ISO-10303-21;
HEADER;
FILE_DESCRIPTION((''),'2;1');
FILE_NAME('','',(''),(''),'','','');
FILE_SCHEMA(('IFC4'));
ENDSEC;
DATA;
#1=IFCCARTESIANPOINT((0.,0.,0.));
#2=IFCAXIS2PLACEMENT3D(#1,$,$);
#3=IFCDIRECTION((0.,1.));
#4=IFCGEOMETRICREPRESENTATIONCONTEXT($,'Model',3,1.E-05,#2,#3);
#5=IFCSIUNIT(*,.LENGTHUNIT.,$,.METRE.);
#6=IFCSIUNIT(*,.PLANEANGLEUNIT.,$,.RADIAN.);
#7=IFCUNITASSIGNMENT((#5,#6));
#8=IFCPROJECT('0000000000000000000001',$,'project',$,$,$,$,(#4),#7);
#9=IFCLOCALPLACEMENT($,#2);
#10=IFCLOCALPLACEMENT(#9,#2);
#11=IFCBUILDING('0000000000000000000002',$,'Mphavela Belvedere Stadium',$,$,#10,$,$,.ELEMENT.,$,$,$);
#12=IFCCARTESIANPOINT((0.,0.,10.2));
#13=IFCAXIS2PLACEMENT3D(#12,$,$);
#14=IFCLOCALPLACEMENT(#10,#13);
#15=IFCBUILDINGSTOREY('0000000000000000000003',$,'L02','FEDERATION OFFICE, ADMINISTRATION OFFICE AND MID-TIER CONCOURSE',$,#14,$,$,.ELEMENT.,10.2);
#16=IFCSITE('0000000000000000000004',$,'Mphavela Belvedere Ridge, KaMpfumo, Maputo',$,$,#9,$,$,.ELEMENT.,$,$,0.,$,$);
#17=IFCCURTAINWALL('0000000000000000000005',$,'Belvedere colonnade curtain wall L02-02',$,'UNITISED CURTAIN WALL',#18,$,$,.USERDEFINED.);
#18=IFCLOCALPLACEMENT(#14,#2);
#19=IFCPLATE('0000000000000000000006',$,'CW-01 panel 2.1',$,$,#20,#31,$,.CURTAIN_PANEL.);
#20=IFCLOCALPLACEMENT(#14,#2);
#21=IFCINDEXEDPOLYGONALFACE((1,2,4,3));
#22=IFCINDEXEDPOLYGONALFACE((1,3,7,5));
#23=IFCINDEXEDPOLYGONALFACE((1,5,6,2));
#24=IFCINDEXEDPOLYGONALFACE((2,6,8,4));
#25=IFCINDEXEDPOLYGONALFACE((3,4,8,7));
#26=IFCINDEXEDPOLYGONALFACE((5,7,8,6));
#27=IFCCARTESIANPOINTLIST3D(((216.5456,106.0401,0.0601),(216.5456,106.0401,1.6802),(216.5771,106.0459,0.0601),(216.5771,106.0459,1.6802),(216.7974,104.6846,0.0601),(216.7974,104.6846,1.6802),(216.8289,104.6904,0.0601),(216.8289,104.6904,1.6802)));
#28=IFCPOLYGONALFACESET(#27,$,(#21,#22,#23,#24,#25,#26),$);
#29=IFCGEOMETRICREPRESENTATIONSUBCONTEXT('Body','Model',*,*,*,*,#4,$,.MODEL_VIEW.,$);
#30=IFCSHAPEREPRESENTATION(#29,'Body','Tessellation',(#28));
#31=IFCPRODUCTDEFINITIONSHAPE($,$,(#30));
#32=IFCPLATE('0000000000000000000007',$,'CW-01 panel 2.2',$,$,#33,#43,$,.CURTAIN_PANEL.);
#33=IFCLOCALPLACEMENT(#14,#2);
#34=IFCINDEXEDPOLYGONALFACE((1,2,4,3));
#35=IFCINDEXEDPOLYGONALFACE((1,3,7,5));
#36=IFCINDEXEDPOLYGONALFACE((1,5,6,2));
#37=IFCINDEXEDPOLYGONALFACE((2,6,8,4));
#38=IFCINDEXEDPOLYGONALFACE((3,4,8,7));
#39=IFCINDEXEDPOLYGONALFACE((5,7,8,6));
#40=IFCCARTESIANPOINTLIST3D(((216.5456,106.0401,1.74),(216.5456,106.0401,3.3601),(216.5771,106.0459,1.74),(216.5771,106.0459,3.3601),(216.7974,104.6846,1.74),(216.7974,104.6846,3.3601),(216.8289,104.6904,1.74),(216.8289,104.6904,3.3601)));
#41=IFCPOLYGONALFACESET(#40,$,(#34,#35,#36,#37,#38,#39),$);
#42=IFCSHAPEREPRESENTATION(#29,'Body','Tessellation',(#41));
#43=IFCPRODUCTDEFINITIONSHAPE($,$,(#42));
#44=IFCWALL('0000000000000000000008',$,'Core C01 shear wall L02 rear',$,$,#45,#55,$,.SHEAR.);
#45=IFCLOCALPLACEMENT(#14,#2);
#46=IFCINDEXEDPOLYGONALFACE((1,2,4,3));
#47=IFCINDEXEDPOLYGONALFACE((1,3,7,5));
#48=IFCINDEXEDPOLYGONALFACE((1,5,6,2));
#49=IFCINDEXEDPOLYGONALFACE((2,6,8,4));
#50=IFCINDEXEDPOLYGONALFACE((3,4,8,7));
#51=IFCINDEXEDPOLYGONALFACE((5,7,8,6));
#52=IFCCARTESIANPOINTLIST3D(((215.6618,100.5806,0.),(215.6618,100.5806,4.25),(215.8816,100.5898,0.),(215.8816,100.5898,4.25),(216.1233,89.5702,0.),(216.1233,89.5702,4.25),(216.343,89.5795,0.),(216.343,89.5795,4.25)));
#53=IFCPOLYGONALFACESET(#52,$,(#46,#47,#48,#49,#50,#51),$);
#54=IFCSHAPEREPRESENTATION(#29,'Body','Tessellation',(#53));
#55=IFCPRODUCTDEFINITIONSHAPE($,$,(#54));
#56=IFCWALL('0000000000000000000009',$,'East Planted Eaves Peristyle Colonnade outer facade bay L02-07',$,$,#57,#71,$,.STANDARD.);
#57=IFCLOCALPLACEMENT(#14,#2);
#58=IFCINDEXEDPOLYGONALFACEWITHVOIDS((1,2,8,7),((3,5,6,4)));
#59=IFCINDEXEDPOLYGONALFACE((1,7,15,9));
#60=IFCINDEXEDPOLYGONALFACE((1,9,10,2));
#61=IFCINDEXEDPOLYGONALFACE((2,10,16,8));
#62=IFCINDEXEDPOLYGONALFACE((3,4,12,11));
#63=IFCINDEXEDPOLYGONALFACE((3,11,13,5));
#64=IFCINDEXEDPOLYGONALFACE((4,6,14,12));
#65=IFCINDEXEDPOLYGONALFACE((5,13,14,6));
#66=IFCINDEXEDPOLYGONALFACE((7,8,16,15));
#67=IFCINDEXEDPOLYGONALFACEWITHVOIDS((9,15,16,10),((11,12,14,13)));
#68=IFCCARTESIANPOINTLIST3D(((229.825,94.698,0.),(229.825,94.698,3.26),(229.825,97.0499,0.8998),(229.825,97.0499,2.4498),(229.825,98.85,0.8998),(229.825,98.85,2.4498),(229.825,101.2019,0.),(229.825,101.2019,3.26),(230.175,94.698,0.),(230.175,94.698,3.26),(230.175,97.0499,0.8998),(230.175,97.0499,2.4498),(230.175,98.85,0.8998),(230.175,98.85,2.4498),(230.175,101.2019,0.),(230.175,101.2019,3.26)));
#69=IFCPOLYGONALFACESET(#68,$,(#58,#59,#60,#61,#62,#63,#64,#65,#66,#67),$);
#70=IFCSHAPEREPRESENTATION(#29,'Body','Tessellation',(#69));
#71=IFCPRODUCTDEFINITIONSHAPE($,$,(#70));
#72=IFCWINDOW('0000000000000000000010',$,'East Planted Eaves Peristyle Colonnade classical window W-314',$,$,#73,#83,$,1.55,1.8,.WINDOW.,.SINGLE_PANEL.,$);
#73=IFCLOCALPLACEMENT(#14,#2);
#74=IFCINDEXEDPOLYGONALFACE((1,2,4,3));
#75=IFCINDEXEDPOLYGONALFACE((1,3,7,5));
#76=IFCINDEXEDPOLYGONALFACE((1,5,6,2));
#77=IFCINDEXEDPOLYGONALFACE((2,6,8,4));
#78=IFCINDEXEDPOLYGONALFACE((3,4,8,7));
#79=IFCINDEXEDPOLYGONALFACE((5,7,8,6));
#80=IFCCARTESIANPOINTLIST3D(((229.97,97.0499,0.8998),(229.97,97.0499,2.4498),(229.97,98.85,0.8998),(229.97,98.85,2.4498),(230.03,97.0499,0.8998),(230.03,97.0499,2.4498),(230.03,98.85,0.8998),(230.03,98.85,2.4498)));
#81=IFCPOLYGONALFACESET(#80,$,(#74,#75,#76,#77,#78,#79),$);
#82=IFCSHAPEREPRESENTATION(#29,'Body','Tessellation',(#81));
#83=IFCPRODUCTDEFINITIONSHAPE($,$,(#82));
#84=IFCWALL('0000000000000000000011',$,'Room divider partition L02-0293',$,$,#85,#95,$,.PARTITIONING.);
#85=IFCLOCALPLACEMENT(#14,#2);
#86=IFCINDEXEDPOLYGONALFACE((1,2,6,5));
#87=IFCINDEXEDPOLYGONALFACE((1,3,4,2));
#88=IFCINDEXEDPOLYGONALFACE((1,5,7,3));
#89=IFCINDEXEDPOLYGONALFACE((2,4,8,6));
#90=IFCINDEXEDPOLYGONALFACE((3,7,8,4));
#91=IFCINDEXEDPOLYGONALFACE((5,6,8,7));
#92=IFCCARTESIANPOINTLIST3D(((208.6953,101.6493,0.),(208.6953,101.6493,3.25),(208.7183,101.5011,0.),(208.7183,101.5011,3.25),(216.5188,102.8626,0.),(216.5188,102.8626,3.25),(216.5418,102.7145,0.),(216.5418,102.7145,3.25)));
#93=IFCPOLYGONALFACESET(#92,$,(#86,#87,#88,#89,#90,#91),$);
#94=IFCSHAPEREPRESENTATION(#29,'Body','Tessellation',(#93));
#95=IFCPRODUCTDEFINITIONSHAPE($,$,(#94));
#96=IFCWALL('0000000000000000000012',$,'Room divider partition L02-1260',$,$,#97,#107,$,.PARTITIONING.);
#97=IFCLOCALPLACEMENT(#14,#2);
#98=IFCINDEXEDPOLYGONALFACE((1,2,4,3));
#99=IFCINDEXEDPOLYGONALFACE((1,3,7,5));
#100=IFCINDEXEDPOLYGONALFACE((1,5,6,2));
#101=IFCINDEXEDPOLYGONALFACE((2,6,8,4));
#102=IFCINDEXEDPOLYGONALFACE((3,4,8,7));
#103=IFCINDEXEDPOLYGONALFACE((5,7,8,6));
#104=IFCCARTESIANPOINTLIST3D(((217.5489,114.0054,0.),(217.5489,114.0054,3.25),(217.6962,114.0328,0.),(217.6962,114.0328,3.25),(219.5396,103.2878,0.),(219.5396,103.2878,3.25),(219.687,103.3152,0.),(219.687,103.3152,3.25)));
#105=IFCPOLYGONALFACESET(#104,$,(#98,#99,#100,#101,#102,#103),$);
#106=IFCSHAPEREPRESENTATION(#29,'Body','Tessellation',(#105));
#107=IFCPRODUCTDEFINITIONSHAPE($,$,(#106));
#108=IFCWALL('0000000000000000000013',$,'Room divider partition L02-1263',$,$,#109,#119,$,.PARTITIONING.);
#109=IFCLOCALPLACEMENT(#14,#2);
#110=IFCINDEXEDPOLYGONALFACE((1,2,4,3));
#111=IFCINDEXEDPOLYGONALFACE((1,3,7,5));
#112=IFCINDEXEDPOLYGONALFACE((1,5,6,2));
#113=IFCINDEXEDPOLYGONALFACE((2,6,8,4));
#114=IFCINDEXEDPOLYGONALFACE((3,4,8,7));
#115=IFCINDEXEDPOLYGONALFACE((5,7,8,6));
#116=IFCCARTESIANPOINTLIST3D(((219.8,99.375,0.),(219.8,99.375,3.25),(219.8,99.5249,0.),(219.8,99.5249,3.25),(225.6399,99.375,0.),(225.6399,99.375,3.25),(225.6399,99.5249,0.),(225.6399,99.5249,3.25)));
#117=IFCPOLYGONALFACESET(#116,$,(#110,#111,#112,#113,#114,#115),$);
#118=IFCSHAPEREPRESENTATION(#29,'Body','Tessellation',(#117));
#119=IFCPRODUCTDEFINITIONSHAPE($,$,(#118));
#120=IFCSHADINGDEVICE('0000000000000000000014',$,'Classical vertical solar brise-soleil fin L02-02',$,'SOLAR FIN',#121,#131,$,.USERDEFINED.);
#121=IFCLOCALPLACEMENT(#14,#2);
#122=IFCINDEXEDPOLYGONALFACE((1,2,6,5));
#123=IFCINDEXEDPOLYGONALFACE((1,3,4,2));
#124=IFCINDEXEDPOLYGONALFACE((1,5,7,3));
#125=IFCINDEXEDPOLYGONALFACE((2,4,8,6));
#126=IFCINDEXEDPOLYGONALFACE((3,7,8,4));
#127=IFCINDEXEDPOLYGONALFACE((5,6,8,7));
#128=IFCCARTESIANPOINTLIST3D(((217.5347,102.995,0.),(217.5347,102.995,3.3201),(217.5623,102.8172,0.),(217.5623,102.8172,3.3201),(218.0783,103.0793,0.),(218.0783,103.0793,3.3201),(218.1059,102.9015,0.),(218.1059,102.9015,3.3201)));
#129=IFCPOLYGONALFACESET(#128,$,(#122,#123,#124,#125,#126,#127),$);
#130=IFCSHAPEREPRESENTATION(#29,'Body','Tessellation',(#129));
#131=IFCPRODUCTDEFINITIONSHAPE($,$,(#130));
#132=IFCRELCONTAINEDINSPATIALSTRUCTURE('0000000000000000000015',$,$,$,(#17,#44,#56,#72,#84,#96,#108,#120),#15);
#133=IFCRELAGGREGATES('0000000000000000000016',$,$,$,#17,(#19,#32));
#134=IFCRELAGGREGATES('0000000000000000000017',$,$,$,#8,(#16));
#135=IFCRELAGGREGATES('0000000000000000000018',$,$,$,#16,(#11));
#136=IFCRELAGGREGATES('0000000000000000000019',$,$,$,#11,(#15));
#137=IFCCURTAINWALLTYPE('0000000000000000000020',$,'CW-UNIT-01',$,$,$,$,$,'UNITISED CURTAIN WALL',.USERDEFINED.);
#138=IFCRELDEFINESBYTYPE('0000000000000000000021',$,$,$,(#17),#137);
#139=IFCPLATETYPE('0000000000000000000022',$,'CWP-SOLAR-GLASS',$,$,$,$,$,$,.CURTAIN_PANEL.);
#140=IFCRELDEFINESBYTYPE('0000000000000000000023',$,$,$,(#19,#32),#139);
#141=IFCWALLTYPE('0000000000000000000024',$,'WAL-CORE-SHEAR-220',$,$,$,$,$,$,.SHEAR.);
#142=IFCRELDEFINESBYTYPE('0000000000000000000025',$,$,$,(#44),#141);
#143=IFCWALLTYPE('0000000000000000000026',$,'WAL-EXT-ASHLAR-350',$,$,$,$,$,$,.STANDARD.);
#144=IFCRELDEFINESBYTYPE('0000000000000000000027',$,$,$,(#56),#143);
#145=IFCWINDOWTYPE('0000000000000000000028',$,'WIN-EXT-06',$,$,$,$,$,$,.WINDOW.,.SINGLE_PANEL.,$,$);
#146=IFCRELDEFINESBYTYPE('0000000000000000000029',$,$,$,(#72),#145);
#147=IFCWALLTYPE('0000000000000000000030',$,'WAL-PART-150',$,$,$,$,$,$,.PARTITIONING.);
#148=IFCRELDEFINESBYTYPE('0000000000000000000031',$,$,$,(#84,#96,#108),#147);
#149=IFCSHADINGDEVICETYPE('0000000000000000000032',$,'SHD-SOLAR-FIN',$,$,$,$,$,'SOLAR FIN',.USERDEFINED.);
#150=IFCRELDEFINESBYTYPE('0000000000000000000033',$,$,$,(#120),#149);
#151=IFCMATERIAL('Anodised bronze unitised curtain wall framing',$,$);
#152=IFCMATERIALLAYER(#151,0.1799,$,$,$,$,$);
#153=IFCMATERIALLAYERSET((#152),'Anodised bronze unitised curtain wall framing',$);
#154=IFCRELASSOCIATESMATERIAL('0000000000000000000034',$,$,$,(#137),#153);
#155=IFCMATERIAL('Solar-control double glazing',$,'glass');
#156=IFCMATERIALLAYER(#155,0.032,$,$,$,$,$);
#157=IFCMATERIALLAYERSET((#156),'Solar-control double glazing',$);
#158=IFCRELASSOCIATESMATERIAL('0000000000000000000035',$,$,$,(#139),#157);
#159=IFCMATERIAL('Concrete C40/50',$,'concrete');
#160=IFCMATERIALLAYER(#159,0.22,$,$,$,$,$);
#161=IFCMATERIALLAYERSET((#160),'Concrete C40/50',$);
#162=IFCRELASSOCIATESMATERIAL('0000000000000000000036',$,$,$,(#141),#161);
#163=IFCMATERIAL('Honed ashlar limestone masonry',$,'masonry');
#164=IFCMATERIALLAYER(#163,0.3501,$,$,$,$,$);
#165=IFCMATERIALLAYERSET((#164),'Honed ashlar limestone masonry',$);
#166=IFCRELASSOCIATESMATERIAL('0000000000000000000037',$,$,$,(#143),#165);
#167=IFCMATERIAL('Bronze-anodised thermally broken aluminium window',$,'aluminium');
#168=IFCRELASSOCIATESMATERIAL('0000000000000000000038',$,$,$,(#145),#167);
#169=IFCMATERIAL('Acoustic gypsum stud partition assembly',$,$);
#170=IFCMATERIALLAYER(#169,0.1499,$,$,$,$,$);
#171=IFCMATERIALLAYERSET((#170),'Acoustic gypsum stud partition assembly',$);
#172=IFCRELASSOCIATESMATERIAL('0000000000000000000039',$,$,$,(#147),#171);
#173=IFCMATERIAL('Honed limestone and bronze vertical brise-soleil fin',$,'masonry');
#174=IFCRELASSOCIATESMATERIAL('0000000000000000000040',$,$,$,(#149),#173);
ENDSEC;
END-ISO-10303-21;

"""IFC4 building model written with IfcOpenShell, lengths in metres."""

from ifc_helpers import new_model, si_unit, direction, frame, frame_2d, origin, origin_2d, place, context, subcontext, project, spatial, rectangle, extrude, material, layer, layer_set, type_object, element, fill, aggregate, save


model = new_model("IFC4")

# Units and contexts
model_context = context("Model", 3, precision=1e-05, world=origin(), true_north=direction((0.0, 1.0)))
body_context = subcontext(model_context, "Body", "Model", "MODEL_VIEW")
ifc_project = project(units=[si_unit("LENGTHUNIT", "METRE"), si_unit("PLANEANGLEUNIT", "RADIAN")], contexts=[model_context])

# Site, building, storey
site_placement = place(None, origin())
site = spatial("IfcSite", under=ifc_project, at=site_placement, Name="Mphavela Belvedere Ridge, KaMpfumo, Maputo", CompositionType="ELEMENT", RefElevation=0.0)
building_placement = place(site_placement, origin())
building = spatial("IfcBuilding", under=site, at=building_placement, Name="Mphavela Belvedere Stadium", CompositionType="ELEMENT")
storey_placement = place(building_placement, frame((0.0, 0.0, 10.2)))
storey = spatial("IfcBuildingStorey", under=building, at=storey_placement, Name="L02", Description="FEDERATION OFFICE, ADMINISTRATION OFFICE AND MID-TIER CONCOURSE", CompositionType="ELEMENT", Elevation=10.2)

# Curtain wall, plates
ifc_material_1 = material(Name="Anodised bronze unitised curtain wall framing")
ifc_layer_1 = layer(ifc_material_1, 0.1799)
ifc_layer_set_1 = layer_set([ifc_layer_1], Name="Anodised bronze unitised curtain wall framing")
curtain_wall_type = type_object("IfcCurtainWallType", Name="CW-UNIT-01", ElementType="UNITISED CURTAIN WALL", PredefinedType="USERDEFINED", material=ifc_layer_set_1)
curtain_wall_placement = place(storey_placement, origin())
curtain_wall = element("IfcCurtainWall", 1, at=curtain_wall_placement, inside=storey, type_object=curtain_wall_type, Name="Belvedere colonnade curtain wall L02-02", ObjectType="UNITISED CURTAIN WALL", PredefinedType="USERDEFINED")
ifc_material_2 = material(Name="Solar-control double glazing", Category="glass")
ifc_layer_2 = layer(ifc_material_2, 0.032)
ifc_layer_set_2 = layer_set([ifc_layer_2], Name="Solar-control double glazing")
plate_type = type_object("IfcPlateType", Name="CWP-SOLAR-GLASS", PredefinedType="CURTAIN_PANEL", material=ifc_layer_set_2)
plate_1_placement = place(storey_placement, frame((216.6873, 105.3652, 0.0601), z_axis=(0.0, 0.0, 1.0), x_axis=(-0.182625, 0.983183, 0.0)))
plate_1 = element("IfcPlate", 2, at=plate_1_placement, type_object=plate_type, Name="CW-01 panel 2.1", PredefinedType="CURTAIN_PANEL", context=body_context, shape_type="SweptSolid", body=[
    extrude(rectangle(XDim=1.3787, YDim=0.032, at=origin_2d()), origin(), (0.0, 0.0, 1.0), 1.6201),
])
plate_2_placement = place(storey_placement, frame((216.6873, 105.3652, 1.74), z_axis=(0.0, 0.0, 1.0), x_axis=(-0.182625, 0.983183, 0.0)))
plate_2 = element("IfcPlate", 3, at=plate_2_placement, type_object=plate_type, Name="CW-01 panel 2.2", PredefinedType="CURTAIN_PANEL", context=body_context, shape_type="SweptSolid", body=[
    extrude(rectangle(XDim=1.3787, YDim=0.032, at=origin_2d()), origin(), (0.0, 0.0, 1.0), 1.6201),
])
aggregate(curtain_wall, [plate_1, plate_2])

# Wall
ifc_material_3 = material(Name="Concrete C40/50", Category="concrete")
ifc_layer_3 = layer(ifc_material_3, 0.22)
ifc_layer_set_3 = layer_set([ifc_layer_3], Name="Concrete C40/50")
wall_type_1 = type_object("IfcWallType", Name="WAL-CORE-SHEAR-220", PredefinedType="SHEAR", material=ifc_layer_set_3)
wall_1_placement = place(storey_placement, frame((215.7717, 100.5852, 0.0), z_axis=(0.0, 0.0, 1.0), x_axis=(0.041872, -0.999123, 0.0)))
element("IfcWall", 4, at=wall_1_placement, inside=storey, type_object=wall_type_1, Name="Core C01 shear wall L02 rear", PredefinedType="SHEAR", context=body_context, shape_type="SweptSolid", body=[
    extrude(rectangle(XDim=11.02, YDim=0.22, at=frame_2d((5.51, 0.0))), origin(), (0.0, 0.0, 1.0), 4.25),
])

# Wall, opening, window
ifc_material_4 = material(Name="Honed ashlar limestone masonry", Category="masonry")
ifc_layer_4 = layer(ifc_material_4, 0.3501)
ifc_layer_set_4 = layer_set([ifc_layer_4], Name="Honed ashlar limestone masonry")
wall_type_2 = type_object("IfcWallType", Name="WAL-EXT-ASHLAR-350", PredefinedType="STANDARD", material=ifc_layer_set_4)
wall_2_placement = place(storey_placement, frame((230.0, 101.2019, 0.0), z_axis=(0.0, 0.0, 1.0), x_axis=(0.0, -1.0, 0.0)))
wall_2 = element("IfcWall", 5, at=wall_2_placement, inside=storey, type_object=wall_type_2, Name="East Planted Eaves Peristyle Colonnade outer facade bay L02-07", PredefinedType="STANDARD", context=body_context, shape_type="SweptSolid", body=[
    extrude(rectangle(XDim=6.5039, YDim=0.3501, at=frame_2d((3.252, 0.0))), origin(), (0.0, 0.0, 1.0), 3.26),
])
opening_placement = place(wall_2_placement, frame((2.3521, 0.0, 0.8999)))
opening = element("IfcOpeningElement", 6, at=opening_placement, cuts=wall_2, PredefinedType="OPENING", context=body_context, shape_type="SweptSolid", body=[
    extrude(rectangle(XDim=1.8, YDim=1.55, at=frame_2d((0.8999, 0.7749))), frame((0.0, 0.1851, 0.0), z_axis=(0.0, -1.0, 0.0), x_axis=(1.0, 0.0, 0.0)), (0.0, 0.0, 1.0), 0.3701),
])
ifc_material_5 = material(Name="Bronze-anodised thermally broken aluminium window", Category="aluminium")
window_type = type_object("IfcWindowType", Name="WIN-EXT-06", PartitioningType="SINGLE_PANEL", PredefinedType="WINDOW", material=ifc_material_5)
window_placement = place(opening_placement, origin())
window = element("IfcWindow", 7, at=window_placement, inside=storey, type_object=window_type, Name="East Planted Eaves Peristyle Colonnade classical window W-314", OverallHeight=1.55, OverallWidth=1.8, PartitioningType="SINGLE_PANEL", PredefinedType="WINDOW", context=body_context, shape_type="SweptSolid", body=[
    extrude(rectangle(XDim=1.8, YDim=1.55, at=frame_2d((0.8999, 0.7749))), frame((0.0, 0.03, 0.0), z_axis=(0.0, -1.0, 0.0), x_axis=(1.0, 0.0, 0.0)), (0.0, 0.0, 1.0), 0.0601),
])
fill(opening, window)

# Walls
ifc_material_6 = material(Name="Acoustic gypsum stud partition assembly")
ifc_layer_5 = layer(ifc_material_6, 0.1499)
ifc_layer_set_5 = layer_set([ifc_layer_5], Name="Acoustic gypsum stud partition assembly")
wall_type_3 = type_object("IfcWallType", Name="WAL-PART-150", PredefinedType="PARTITIONING", material=ifc_layer_set_5)
wall_3_placement = place(storey_placement, frame((216.5303, 102.7886, 0.0), z_axis=(0.0, 0.0, 1.0), x_axis=(-0.988186, -0.153262, 0.0)))
element("IfcWall", 8, at=wall_3_placement, inside=storey, type_object=wall_type_3, Name="Room divider partition L02-0293", PredefinedType="PARTITIONING", context=body_context, shape_type="SweptSolid", body=[
    extrude(rectangle(XDim=7.917, YDim=0.1499, at=frame_2d((3.9585, 0.0))), origin(), (0.0, 0.0, 1.0), 3.25),
])
wall_4_placement = place(storey_placement, frame((219.6133, 103.3015, 0.0), z_axis=(0.0, 0.0, 1.0), x_axis=(-0.182621, 0.983183, 0.0)))
element("IfcWall", 9, at=wall_4_placement, inside=storey, type_object=wall_type_3, Name="Room divider partition L02-1260", PredefinedType="PARTITIONING", context=body_context, shape_type="SweptSolid", body=[
    extrude(rectangle(XDim=10.9009, YDim=0.1499, at=frame_2d((5.4504, 0.0))), origin(), (0.0, 0.0, 1.0), 3.25),
])
wall_5_placement = place(storey_placement, frame((225.6399, 99.45, 0.0), z_axis=(0.0, 0.0, 1.0), x_axis=(-1.0, 0.0, 0.0)))
element("IfcWall", 10, at=wall_5_placement, inside=storey, type_object=wall_type_3, Name="Room divider partition L02-1263", PredefinedType="PARTITIONING", context=body_context, shape_type="SweptSolid", body=[
    extrude(rectangle(XDim=5.8398, YDim=0.1499, at=frame_2d((2.9199, 0.0))), origin(), (0.0, 0.0, 1.0), 3.25),
])

# Shading device
ifc_material_7 = material(Name="Honed limestone and bronze vertical brise-soleil fin", Category="masonry")
shading_device_type = type_object("IfcShadingDeviceType", Name="SHD-SOLAR-FIN", ElementType="SOLAR FIN", PredefinedType="USERDEFINED", material=ifc_material_7)
shading_device_placement = place(storey_placement, frame((217.8203, 102.9482, 0.0), z_axis=(0.0, 0.0, 1.0), x_axis=(0.988175, 0.153331, 0.0)))
element("IfcShadingDevice", 11, at=shading_device_placement, inside=storey, type_object=shading_device_type, Name="Classical vertical solar brise-soleil fin L02-02", ObjectType="SOLAR FIN", PredefinedType="USERDEFINED", context=body_context, shape_type="SweptSolid", body=[
    extrude(rectangle(XDim=0.55, YDim=0.1799, at=origin_2d()), origin(), (0.0, 0.0, 1.0), 3.3201),
])

save(model, "model.ifc")
